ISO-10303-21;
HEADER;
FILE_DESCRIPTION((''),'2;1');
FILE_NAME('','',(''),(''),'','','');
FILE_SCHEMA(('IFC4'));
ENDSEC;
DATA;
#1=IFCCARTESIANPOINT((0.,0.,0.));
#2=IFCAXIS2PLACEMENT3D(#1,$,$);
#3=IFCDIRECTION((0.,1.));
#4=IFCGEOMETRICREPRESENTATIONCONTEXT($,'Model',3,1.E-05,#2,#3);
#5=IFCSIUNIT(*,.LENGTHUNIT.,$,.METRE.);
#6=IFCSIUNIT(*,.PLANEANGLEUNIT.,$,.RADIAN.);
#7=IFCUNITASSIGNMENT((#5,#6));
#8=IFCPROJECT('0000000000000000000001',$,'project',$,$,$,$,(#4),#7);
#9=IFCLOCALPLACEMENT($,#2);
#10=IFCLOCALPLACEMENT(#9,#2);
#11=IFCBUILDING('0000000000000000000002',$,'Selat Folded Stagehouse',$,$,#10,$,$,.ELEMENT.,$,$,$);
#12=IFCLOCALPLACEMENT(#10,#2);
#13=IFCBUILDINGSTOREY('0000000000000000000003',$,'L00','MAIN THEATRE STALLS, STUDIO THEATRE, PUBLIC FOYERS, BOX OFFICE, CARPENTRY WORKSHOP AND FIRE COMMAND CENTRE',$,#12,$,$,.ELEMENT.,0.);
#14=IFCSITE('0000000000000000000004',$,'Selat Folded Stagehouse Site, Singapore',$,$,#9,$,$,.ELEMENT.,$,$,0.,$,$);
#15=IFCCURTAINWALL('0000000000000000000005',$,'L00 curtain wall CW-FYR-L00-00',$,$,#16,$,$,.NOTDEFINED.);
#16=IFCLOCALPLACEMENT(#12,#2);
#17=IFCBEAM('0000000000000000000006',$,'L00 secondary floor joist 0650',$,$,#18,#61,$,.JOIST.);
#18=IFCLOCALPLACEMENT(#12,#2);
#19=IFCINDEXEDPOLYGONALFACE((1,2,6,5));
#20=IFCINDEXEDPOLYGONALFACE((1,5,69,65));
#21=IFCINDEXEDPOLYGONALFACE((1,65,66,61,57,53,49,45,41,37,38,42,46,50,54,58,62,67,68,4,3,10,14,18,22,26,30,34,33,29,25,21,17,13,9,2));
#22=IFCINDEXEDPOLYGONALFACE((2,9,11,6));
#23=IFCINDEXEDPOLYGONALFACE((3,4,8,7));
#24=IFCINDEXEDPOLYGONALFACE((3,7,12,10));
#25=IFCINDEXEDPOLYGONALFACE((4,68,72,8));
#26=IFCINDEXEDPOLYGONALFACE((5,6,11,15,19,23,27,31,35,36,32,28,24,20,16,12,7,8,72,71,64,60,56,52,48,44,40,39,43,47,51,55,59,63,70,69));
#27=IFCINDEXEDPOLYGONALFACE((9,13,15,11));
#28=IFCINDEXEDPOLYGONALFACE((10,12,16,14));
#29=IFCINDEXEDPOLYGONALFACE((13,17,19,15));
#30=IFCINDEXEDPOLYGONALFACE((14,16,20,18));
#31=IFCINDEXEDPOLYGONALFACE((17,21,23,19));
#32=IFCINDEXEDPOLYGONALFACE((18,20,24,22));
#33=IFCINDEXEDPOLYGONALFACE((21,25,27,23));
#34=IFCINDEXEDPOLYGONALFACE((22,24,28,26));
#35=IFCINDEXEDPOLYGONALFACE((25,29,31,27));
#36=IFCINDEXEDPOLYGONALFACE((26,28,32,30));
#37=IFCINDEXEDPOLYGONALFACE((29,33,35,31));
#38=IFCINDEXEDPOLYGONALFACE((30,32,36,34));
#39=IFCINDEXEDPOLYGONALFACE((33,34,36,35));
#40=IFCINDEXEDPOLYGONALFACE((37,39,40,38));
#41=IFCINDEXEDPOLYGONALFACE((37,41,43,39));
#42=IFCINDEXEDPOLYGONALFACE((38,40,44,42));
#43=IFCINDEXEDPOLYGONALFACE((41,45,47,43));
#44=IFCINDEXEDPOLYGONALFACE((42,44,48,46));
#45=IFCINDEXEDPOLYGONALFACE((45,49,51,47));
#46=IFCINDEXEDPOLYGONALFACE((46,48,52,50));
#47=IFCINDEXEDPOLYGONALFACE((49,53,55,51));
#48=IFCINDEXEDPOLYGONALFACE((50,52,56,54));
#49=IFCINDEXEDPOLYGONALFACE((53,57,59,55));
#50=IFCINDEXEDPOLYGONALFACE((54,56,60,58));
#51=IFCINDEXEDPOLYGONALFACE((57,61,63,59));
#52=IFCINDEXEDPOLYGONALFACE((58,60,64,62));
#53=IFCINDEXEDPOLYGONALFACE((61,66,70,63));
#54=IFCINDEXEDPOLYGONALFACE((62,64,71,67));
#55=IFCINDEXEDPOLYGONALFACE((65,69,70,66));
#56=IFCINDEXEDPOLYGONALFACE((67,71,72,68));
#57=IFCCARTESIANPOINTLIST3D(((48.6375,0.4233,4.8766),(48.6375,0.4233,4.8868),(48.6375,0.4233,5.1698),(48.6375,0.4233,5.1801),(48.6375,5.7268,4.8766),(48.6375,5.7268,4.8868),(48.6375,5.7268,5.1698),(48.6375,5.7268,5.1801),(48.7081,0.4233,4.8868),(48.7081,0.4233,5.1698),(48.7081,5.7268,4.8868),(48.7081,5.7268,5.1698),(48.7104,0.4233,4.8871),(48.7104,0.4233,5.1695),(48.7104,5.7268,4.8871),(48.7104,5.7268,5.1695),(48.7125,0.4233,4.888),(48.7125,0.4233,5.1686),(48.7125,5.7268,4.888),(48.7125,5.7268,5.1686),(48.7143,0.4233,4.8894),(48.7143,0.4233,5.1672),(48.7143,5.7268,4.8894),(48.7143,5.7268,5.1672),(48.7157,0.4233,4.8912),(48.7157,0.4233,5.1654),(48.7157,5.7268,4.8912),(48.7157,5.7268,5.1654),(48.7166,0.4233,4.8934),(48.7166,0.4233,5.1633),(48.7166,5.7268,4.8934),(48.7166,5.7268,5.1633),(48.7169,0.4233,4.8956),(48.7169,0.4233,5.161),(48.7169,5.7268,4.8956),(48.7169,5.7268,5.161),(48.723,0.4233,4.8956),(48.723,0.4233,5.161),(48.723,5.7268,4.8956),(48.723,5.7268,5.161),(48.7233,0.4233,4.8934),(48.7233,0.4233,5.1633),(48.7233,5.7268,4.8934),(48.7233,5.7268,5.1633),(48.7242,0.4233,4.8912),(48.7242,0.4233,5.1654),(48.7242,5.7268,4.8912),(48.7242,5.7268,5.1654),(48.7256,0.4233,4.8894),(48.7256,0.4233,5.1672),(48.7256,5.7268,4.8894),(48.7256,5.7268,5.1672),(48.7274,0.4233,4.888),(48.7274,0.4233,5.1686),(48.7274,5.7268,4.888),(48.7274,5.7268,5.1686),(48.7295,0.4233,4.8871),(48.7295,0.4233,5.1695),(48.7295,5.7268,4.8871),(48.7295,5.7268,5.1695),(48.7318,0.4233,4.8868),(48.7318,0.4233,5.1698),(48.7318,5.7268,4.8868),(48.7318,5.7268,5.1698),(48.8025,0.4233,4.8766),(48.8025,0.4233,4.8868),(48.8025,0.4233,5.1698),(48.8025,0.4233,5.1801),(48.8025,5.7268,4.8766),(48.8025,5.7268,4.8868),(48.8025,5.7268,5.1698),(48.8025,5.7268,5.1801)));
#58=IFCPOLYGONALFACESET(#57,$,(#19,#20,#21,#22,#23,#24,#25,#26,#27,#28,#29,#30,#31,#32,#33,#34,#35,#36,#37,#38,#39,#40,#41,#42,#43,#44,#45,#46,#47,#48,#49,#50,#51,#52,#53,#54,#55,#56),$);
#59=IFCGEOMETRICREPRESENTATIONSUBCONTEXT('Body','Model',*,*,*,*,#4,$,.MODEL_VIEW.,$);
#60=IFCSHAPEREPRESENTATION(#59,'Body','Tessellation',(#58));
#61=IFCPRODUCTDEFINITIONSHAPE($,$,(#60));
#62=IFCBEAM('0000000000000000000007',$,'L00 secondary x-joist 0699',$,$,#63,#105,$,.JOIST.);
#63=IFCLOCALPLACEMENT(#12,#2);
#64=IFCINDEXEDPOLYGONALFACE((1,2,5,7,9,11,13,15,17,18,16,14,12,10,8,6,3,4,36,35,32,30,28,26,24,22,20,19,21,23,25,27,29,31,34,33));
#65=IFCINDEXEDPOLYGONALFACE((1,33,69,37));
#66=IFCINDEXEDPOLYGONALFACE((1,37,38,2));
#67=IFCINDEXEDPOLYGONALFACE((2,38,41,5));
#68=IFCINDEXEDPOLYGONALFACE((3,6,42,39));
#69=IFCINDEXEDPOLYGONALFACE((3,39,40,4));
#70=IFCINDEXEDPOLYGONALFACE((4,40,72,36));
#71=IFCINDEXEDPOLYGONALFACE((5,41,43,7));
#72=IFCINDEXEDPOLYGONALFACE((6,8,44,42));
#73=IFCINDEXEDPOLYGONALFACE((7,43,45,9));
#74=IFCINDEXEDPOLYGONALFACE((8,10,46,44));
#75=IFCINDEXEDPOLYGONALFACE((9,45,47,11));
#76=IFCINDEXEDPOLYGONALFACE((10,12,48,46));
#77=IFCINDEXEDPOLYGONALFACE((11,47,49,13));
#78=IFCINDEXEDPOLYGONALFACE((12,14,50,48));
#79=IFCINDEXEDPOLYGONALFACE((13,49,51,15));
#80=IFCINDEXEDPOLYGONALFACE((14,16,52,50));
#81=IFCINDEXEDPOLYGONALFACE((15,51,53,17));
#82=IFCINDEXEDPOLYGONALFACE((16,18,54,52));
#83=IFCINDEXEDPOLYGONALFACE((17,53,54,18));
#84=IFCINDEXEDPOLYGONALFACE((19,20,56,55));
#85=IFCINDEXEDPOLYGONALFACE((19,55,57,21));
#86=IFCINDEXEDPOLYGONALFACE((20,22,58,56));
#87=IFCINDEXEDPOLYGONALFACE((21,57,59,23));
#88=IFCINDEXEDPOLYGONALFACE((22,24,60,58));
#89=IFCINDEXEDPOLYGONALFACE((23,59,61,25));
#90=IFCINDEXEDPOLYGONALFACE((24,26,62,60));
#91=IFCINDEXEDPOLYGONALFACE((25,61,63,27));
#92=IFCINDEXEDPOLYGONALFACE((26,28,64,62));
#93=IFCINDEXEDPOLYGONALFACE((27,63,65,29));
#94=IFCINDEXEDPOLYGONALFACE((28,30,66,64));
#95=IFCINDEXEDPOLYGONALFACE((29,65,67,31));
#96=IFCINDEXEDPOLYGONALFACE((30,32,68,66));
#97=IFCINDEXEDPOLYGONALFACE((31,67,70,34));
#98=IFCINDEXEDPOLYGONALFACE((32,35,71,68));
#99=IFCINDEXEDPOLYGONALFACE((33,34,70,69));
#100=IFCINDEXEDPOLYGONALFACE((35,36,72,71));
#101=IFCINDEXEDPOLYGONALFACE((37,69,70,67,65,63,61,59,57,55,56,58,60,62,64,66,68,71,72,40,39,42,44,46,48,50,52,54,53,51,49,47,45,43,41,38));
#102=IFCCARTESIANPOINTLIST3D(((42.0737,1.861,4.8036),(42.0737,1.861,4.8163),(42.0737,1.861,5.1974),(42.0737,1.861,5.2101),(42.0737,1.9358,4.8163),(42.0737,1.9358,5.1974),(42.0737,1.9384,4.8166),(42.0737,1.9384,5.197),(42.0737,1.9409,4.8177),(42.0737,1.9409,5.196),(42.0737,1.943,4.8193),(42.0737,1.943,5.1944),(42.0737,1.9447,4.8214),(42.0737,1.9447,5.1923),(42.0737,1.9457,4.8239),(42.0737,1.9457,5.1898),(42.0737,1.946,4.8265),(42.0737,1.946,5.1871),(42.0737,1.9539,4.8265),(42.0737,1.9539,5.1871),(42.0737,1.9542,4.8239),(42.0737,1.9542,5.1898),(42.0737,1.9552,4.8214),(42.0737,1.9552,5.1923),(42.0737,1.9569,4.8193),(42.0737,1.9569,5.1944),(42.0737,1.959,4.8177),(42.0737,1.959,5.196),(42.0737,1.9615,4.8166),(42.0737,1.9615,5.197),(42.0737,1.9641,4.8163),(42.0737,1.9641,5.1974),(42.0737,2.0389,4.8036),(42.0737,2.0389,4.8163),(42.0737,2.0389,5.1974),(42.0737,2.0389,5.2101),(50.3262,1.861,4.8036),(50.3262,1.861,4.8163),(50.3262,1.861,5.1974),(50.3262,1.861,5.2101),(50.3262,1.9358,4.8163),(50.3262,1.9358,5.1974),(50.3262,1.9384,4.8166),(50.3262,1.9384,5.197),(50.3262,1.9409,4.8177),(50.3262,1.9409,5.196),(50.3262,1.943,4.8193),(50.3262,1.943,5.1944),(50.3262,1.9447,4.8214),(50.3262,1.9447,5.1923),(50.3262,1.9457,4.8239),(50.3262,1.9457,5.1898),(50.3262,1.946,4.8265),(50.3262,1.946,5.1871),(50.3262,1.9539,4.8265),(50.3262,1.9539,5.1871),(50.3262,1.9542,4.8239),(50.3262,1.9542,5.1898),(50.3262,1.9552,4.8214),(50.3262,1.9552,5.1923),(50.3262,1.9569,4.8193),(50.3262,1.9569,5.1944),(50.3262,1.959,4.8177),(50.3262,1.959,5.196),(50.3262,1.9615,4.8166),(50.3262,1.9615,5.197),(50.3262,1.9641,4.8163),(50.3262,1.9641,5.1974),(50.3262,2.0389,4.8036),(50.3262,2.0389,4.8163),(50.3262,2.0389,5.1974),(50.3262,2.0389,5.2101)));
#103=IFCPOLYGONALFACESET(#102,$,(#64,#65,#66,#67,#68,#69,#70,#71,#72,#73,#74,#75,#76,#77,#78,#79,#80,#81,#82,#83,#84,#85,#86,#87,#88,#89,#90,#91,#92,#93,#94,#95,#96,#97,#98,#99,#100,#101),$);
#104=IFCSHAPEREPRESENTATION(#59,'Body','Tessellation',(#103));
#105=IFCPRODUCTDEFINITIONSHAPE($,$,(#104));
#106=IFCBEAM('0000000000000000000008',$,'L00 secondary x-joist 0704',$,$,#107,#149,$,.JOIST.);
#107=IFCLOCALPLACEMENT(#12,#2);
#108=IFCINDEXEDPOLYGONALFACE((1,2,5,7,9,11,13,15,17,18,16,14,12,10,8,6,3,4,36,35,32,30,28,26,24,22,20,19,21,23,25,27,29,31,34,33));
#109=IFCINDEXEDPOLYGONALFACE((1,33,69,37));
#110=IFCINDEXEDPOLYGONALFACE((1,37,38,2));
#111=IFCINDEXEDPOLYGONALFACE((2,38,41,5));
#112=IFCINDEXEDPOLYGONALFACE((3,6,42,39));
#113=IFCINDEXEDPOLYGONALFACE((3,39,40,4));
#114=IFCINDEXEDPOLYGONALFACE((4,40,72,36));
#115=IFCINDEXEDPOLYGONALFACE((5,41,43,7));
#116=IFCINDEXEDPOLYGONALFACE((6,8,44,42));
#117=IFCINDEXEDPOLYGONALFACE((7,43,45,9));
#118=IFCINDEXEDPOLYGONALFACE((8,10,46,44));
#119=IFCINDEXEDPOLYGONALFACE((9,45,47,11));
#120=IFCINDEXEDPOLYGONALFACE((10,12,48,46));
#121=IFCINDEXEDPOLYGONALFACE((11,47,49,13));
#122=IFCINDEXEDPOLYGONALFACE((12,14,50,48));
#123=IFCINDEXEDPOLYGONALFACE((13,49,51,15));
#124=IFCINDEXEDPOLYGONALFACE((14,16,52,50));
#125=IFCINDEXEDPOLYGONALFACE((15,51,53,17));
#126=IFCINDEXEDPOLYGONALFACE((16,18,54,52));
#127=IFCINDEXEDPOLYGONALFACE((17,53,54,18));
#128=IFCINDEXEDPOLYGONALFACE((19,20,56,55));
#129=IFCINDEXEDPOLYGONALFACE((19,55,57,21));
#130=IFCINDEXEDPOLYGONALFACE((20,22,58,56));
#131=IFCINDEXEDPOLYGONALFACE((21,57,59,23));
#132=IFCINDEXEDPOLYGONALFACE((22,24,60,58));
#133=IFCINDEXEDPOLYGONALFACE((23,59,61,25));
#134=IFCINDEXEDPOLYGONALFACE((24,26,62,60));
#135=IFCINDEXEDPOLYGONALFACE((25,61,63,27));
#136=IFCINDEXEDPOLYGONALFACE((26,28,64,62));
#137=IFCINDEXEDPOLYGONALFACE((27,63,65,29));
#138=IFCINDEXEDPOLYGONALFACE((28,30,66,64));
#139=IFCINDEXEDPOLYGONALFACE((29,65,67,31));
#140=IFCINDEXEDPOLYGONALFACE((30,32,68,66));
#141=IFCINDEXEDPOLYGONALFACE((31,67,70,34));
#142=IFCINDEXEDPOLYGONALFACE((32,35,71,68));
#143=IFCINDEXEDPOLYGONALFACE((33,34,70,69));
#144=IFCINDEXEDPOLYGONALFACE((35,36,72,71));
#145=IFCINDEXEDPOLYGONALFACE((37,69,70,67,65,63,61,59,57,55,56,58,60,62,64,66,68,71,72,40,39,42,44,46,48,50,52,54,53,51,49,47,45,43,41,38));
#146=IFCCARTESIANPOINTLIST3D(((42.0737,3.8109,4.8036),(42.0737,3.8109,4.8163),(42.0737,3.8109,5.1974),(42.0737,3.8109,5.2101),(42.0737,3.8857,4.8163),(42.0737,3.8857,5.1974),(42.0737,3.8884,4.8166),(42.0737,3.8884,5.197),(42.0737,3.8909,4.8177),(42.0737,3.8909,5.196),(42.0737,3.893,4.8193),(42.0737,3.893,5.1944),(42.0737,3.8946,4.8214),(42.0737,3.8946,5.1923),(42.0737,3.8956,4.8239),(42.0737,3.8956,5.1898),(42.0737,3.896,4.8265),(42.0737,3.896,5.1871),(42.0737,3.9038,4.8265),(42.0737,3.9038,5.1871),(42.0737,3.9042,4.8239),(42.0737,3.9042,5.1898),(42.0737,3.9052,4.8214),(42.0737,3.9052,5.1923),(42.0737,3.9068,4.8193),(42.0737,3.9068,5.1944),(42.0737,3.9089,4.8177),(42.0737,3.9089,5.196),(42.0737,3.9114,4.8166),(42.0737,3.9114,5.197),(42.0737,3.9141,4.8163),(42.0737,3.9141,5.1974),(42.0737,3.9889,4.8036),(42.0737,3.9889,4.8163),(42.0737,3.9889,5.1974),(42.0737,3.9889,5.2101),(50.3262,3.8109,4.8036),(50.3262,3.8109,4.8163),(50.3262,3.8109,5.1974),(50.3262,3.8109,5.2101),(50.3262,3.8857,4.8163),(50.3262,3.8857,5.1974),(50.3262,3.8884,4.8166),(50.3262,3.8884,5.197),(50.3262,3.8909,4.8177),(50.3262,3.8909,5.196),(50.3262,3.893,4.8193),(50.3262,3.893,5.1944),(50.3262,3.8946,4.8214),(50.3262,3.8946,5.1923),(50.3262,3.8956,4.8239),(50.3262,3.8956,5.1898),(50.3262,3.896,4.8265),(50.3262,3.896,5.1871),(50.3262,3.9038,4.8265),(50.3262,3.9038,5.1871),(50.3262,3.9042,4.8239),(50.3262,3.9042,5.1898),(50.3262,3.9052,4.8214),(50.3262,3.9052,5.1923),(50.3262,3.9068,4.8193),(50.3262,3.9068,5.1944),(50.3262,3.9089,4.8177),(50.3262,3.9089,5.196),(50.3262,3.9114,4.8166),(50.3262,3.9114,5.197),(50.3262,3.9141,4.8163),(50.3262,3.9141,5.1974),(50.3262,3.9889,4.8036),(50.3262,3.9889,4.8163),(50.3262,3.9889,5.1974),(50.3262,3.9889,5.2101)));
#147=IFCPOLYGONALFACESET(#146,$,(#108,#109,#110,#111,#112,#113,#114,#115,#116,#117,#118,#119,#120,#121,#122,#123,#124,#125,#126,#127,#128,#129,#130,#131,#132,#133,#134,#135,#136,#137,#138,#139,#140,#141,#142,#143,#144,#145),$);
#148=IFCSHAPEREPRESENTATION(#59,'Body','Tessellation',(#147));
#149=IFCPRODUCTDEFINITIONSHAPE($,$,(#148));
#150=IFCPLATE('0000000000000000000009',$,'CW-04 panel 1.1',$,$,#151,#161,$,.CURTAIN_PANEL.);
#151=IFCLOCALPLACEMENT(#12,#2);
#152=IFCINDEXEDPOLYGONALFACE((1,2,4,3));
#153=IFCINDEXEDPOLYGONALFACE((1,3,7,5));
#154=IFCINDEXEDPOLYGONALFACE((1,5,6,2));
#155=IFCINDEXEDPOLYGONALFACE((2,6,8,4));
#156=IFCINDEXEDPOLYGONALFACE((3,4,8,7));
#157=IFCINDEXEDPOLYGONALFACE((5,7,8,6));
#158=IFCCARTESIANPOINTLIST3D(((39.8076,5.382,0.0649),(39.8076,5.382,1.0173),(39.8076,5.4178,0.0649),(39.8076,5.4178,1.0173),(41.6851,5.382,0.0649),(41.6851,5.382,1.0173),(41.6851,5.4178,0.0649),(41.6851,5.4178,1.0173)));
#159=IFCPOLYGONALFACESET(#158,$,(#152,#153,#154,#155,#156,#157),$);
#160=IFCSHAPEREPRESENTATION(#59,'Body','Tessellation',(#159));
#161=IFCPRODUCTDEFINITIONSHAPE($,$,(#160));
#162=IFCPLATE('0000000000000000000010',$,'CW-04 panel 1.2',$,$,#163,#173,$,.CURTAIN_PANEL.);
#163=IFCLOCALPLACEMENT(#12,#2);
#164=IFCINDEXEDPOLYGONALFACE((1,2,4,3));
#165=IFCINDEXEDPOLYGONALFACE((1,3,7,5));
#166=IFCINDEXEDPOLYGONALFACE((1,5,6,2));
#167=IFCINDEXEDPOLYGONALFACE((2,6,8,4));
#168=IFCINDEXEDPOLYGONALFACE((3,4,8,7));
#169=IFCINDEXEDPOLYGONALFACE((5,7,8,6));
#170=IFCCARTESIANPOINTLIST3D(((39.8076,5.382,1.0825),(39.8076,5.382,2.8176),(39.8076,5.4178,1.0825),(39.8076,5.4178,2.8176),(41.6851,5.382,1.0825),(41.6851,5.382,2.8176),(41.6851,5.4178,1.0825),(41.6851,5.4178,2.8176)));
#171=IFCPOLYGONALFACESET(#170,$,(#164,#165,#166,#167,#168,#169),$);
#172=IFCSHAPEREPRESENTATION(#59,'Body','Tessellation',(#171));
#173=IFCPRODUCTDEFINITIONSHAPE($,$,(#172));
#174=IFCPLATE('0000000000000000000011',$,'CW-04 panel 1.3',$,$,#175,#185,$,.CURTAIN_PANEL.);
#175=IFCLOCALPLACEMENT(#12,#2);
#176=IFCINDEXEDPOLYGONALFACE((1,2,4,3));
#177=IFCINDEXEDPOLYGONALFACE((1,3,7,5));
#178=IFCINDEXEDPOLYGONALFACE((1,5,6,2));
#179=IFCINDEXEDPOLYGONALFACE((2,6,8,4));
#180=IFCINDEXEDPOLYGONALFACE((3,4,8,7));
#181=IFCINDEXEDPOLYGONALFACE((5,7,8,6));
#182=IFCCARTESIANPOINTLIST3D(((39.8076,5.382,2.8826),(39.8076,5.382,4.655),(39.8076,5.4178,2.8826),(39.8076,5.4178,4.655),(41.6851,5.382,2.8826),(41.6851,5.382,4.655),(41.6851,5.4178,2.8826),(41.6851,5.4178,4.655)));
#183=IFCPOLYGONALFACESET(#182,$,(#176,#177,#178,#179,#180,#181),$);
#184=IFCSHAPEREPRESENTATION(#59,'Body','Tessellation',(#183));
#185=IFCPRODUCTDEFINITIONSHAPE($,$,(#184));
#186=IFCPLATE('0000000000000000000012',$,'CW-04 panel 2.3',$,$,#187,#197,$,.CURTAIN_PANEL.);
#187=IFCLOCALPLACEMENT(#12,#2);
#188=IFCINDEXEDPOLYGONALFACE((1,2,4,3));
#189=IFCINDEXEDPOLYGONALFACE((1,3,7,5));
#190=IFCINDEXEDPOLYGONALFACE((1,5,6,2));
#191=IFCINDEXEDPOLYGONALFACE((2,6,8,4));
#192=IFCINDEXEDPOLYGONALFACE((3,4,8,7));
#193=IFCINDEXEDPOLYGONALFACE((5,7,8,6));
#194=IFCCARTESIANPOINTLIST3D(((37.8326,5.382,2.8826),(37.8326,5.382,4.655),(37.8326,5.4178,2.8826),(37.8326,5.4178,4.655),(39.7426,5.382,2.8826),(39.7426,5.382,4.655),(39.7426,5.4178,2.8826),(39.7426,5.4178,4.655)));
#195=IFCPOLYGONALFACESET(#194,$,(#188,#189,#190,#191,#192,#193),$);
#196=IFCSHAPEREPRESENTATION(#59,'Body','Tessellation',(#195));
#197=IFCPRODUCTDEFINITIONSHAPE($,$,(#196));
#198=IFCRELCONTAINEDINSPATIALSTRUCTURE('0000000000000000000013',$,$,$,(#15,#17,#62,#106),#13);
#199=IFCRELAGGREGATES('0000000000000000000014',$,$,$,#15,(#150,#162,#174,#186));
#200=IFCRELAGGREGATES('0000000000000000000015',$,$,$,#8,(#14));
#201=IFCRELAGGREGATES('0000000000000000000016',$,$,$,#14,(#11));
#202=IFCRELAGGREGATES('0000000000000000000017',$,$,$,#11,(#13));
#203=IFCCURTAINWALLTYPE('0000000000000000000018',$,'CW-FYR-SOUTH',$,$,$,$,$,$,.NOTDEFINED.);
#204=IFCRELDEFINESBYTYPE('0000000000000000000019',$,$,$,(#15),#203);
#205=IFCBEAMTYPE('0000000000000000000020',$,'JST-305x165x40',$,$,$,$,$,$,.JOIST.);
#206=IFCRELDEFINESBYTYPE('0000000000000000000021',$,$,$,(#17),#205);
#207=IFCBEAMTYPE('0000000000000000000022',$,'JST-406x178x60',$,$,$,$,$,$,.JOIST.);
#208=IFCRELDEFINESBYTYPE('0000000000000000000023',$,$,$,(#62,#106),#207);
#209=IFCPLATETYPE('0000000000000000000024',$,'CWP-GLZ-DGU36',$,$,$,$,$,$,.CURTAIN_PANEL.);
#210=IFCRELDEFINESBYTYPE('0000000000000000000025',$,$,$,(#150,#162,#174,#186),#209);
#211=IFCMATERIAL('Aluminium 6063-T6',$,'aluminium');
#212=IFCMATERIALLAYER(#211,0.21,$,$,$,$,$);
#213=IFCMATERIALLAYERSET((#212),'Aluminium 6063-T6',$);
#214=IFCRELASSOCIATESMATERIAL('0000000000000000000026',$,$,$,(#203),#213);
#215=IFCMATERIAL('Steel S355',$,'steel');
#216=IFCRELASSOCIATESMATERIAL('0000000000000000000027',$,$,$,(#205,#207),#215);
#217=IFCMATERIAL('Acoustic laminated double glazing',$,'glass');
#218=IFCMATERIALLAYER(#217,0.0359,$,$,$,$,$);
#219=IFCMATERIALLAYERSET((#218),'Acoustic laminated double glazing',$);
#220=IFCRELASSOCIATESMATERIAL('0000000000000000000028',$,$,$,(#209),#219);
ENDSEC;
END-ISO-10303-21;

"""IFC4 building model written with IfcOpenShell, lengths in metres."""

from ifc_helpers import new_model, si_unit, direction, frame, origin, origin_2d, place, context, subcontext, project, spatial, rectangle, i_section, extrude, material, layer, layer_set, material_profile, profile_set, type_object, element, aggregate, save


model = new_model("IFC4")

# Units and contexts
model_context = context("Model", 3, precision=1e-05, world=origin(), true_north=direction((0.0, 1.0)))
body_context = subcontext(model_context, "Body", "Model", "MODEL_VIEW")
ifc_project = project(units=[si_unit("LENGTHUNIT", "METRE"), si_unit("PLANEANGLEUNIT", "RADIAN")], contexts=[model_context])

# Site, building, storey
site_placement = place(None, origin())
site = spatial("IfcSite", under=ifc_project, at=site_placement, Name="Selat Folded Stagehouse Site, Singapore", CompositionType="ELEMENT", RefElevation=0.0)
building_placement = place(site_placement, origin())
building = spatial("IfcBuilding", under=site, at=building_placement, Name="Selat Folded Stagehouse", CompositionType="ELEMENT")
storey_placement = place(building_placement, origin())
storey = spatial("IfcBuildingStorey", under=building, at=storey_placement, Name="L00", Description="MAIN THEATRE STALLS, STUDIO THEATRE, PUBLIC FOYERS, BOX OFFICE, CARPENTRY WORKSHOP AND FIRE COMMAND CENTRE", CompositionType="ELEMENT", Elevation=0.0)

# Shared definitions
ifc_material_1 = material(Name="Steel S355", Category="steel")

# Curtain wall
ifc_material_2 = material(Name="Aluminium 6063-T6", Category="aluminium")
ifc_layer_1 = layer(ifc_material_2, 0.21)
ifc_layer_set_1 = layer_set([ifc_layer_1], Name="Aluminium 6063-T6")
curtain_wall_type = type_object("IfcCurtainWallType", Name="CW-FYR-SOUTH", PredefinedType="NOTDEFINED", material=ifc_layer_set_1)
curtain_wall_1_placement = place(storey_placement, origin())
curtain_wall_1 = element("IfcCurtainWall", 1, at=curtain_wall_1_placement, inside=storey, type_object=curtain_wall_type, Name="L00 curtain wall CW-FYR-L00-00", PredefinedType="NOTDEFINED")

# Beams
ifc_material_profile_1 = material_profile(ifc_material_1, i_section(OverallWidth=0.165, OverallDepth=0.3035, WebThickness=0.0061, FlangeThickness=0.0103, FilletRadius=0.0088, at=origin_2d()), Name="UKB 305x165x40")
ifc_profile_set_1 = profile_set([ifc_material_profile_1], Name="Steel S355")
beam_type_1 = type_object("IfcBeamType", Name="JST-305x165x40", PredefinedType="JOIST", material=ifc_profile_set_1)
for number, where, z_axis, x_axis, name in (
    (2, (48.72, 0.4233, 5.0283), (0.0, 1.0, 0.0), (-1.0, 0.0, 0.0), "L00 secondary floor joist 0650"),
):
    element("IfcBeam", number, at=place(storey_placement, frame(where, z_axis=z_axis, x_axis=x_axis)), inside=storey, type_object=beam_type_1, Name=name, PredefinedType="JOIST", context=body_context, shape_type="SweptSolid", body=[
        extrude(i_section(OverallWidth=0.165, OverallDepth=0.3035, WebThickness=0.0061, FlangeThickness=0.0103, FilletRadius=0.0088, at=origin_2d()), origin(), (0.0, 0.0, 1.0), 5.3035),
    ])
ifc_material_profile_2 = material_profile(ifc_material_1, i_section(OverallWidth=0.178, OverallDepth=0.4065, WebThickness=0.0078, FlangeThickness=0.0127, FilletRadius=0.0103, at=origin_2d()), Name="UKB 406x178x60")
ifc_profile_set_2 = profile_set([ifc_material_profile_2], Name="Steel S355")
beam_type_2 = type_object("IfcBeamType", Name="JST-406x178x60", PredefinedType="JOIST", material=ifc_profile_set_2)
for number, where, z_axis, x_axis, name in (
    (3, (42.0737, 1.95, 5.0068), (1.0, 0.0, 0.0), (0.0, 1.0, 0.0), "L00 secondary x-joist 0699"),
    (4, (42.0737, 3.8999, 5.0068), (1.0, 0.0, 0.0), (0.0, 1.0, 0.0), "L00 secondary x-joist 0704"),
):
    element("IfcBeam", number, at=place(storey_placement, frame(where, z_axis=z_axis, x_axis=x_axis)), inside=storey, type_object=beam_type_2, Name=name, PredefinedType="JOIST", context=body_context, shape_type="SweptSolid", body=[
        extrude(i_section(OverallWidth=0.178, OverallDepth=0.4065, WebThickness=0.0078, FlangeThickness=0.0127, FilletRadius=0.0103, at=origin_2d()), origin(), (0.0, 0.0, 1.0), 8.2524),
    ])

# Plates
ifc_material_3 = material(Name="Acoustic laminated double glazing", Category="glass")
ifc_layer_2 = layer(ifc_material_3, 0.0359)
ifc_layer_set_2 = layer_set([ifc_layer_2], Name="Acoustic laminated double glazing")
plate_type = type_object("IfcPlateType", Name="CWP-GLZ-DGU36", PredefinedType="CURTAIN_PANEL", material=ifc_layer_set_2)
plate_1_placement = place(storey_placement, frame((40.7463, 5.3999, 0.0649), z_axis=(0.0, 0.0, 1.0), x_axis=(-1.0, 0.0, 0.0)))
plate_1 = element("IfcPlate", 5, at=plate_1_placement, type_object=plate_type, Name="CW-04 panel 1.1", PredefinedType="CURTAIN_PANEL", context=body_context, shape_type="SweptSolid", body=[
    extrude(rectangle(XDim=1.8774, YDim=0.0359, at=origin_2d()), origin(), (0.0, 0.0, 1.0), 0.9524),
])
plate_2_placement = place(storey_placement, frame((40.7463, 5.3999, 1.0825), z_axis=(0.0, 0.0, 1.0), x_axis=(-1.0, 0.0, 0.0)))
plate_2 = element("IfcPlate", 6, at=plate_2_placement, type_object=plate_type, Name="CW-04 panel 1.2", PredefinedType="CURTAIN_PANEL", context=body_context, shape_type="SweptSolid", body=[
    extrude(rectangle(XDim=1.8774, YDim=0.0359, at=origin_2d()), origin(), (0.0, 0.0, 1.0), 1.7351),
])
plate_3_placement = place(storey_placement, frame((40.7463, 5.3999, 2.8826), z_axis=(0.0, 0.0, 1.0), x_axis=(-1.0, 0.0, 0.0)))
plate_3 = element("IfcPlate", 7, at=plate_3_placement, type_object=plate_type, Name="CW-04 panel 1.3", PredefinedType="CURTAIN_PANEL", context=body_context, shape_type="SweptSolid", body=[
    extrude(rectangle(XDim=1.8774, YDim=0.0359, at=origin_2d()), origin(), (0.0, 0.0, 1.0), 1.7725),
])
plate_4_placement = place(storey_placement, frame((38.7876, 5.3999, 2.8826), z_axis=(0.0, 0.0, 1.0), x_axis=(-1.0, 0.0, 0.0)))
plate_4 = element("IfcPlate", 8, at=plate_4_placement, type_object=plate_type, Name="CW-04 panel 2.3", PredefinedType="CURTAIN_PANEL", context=body_context, shape_type="SweptSolid", body=[
    extrude(rectangle(XDim=1.9099, YDim=0.0359, at=origin_2d()), origin(), (0.0, 0.0, 1.0), 1.7725),
])
aggregate(curtain_wall_1, [plate_1, plate_2, plate_3, plate_4])

save(model, "model.ifc")
